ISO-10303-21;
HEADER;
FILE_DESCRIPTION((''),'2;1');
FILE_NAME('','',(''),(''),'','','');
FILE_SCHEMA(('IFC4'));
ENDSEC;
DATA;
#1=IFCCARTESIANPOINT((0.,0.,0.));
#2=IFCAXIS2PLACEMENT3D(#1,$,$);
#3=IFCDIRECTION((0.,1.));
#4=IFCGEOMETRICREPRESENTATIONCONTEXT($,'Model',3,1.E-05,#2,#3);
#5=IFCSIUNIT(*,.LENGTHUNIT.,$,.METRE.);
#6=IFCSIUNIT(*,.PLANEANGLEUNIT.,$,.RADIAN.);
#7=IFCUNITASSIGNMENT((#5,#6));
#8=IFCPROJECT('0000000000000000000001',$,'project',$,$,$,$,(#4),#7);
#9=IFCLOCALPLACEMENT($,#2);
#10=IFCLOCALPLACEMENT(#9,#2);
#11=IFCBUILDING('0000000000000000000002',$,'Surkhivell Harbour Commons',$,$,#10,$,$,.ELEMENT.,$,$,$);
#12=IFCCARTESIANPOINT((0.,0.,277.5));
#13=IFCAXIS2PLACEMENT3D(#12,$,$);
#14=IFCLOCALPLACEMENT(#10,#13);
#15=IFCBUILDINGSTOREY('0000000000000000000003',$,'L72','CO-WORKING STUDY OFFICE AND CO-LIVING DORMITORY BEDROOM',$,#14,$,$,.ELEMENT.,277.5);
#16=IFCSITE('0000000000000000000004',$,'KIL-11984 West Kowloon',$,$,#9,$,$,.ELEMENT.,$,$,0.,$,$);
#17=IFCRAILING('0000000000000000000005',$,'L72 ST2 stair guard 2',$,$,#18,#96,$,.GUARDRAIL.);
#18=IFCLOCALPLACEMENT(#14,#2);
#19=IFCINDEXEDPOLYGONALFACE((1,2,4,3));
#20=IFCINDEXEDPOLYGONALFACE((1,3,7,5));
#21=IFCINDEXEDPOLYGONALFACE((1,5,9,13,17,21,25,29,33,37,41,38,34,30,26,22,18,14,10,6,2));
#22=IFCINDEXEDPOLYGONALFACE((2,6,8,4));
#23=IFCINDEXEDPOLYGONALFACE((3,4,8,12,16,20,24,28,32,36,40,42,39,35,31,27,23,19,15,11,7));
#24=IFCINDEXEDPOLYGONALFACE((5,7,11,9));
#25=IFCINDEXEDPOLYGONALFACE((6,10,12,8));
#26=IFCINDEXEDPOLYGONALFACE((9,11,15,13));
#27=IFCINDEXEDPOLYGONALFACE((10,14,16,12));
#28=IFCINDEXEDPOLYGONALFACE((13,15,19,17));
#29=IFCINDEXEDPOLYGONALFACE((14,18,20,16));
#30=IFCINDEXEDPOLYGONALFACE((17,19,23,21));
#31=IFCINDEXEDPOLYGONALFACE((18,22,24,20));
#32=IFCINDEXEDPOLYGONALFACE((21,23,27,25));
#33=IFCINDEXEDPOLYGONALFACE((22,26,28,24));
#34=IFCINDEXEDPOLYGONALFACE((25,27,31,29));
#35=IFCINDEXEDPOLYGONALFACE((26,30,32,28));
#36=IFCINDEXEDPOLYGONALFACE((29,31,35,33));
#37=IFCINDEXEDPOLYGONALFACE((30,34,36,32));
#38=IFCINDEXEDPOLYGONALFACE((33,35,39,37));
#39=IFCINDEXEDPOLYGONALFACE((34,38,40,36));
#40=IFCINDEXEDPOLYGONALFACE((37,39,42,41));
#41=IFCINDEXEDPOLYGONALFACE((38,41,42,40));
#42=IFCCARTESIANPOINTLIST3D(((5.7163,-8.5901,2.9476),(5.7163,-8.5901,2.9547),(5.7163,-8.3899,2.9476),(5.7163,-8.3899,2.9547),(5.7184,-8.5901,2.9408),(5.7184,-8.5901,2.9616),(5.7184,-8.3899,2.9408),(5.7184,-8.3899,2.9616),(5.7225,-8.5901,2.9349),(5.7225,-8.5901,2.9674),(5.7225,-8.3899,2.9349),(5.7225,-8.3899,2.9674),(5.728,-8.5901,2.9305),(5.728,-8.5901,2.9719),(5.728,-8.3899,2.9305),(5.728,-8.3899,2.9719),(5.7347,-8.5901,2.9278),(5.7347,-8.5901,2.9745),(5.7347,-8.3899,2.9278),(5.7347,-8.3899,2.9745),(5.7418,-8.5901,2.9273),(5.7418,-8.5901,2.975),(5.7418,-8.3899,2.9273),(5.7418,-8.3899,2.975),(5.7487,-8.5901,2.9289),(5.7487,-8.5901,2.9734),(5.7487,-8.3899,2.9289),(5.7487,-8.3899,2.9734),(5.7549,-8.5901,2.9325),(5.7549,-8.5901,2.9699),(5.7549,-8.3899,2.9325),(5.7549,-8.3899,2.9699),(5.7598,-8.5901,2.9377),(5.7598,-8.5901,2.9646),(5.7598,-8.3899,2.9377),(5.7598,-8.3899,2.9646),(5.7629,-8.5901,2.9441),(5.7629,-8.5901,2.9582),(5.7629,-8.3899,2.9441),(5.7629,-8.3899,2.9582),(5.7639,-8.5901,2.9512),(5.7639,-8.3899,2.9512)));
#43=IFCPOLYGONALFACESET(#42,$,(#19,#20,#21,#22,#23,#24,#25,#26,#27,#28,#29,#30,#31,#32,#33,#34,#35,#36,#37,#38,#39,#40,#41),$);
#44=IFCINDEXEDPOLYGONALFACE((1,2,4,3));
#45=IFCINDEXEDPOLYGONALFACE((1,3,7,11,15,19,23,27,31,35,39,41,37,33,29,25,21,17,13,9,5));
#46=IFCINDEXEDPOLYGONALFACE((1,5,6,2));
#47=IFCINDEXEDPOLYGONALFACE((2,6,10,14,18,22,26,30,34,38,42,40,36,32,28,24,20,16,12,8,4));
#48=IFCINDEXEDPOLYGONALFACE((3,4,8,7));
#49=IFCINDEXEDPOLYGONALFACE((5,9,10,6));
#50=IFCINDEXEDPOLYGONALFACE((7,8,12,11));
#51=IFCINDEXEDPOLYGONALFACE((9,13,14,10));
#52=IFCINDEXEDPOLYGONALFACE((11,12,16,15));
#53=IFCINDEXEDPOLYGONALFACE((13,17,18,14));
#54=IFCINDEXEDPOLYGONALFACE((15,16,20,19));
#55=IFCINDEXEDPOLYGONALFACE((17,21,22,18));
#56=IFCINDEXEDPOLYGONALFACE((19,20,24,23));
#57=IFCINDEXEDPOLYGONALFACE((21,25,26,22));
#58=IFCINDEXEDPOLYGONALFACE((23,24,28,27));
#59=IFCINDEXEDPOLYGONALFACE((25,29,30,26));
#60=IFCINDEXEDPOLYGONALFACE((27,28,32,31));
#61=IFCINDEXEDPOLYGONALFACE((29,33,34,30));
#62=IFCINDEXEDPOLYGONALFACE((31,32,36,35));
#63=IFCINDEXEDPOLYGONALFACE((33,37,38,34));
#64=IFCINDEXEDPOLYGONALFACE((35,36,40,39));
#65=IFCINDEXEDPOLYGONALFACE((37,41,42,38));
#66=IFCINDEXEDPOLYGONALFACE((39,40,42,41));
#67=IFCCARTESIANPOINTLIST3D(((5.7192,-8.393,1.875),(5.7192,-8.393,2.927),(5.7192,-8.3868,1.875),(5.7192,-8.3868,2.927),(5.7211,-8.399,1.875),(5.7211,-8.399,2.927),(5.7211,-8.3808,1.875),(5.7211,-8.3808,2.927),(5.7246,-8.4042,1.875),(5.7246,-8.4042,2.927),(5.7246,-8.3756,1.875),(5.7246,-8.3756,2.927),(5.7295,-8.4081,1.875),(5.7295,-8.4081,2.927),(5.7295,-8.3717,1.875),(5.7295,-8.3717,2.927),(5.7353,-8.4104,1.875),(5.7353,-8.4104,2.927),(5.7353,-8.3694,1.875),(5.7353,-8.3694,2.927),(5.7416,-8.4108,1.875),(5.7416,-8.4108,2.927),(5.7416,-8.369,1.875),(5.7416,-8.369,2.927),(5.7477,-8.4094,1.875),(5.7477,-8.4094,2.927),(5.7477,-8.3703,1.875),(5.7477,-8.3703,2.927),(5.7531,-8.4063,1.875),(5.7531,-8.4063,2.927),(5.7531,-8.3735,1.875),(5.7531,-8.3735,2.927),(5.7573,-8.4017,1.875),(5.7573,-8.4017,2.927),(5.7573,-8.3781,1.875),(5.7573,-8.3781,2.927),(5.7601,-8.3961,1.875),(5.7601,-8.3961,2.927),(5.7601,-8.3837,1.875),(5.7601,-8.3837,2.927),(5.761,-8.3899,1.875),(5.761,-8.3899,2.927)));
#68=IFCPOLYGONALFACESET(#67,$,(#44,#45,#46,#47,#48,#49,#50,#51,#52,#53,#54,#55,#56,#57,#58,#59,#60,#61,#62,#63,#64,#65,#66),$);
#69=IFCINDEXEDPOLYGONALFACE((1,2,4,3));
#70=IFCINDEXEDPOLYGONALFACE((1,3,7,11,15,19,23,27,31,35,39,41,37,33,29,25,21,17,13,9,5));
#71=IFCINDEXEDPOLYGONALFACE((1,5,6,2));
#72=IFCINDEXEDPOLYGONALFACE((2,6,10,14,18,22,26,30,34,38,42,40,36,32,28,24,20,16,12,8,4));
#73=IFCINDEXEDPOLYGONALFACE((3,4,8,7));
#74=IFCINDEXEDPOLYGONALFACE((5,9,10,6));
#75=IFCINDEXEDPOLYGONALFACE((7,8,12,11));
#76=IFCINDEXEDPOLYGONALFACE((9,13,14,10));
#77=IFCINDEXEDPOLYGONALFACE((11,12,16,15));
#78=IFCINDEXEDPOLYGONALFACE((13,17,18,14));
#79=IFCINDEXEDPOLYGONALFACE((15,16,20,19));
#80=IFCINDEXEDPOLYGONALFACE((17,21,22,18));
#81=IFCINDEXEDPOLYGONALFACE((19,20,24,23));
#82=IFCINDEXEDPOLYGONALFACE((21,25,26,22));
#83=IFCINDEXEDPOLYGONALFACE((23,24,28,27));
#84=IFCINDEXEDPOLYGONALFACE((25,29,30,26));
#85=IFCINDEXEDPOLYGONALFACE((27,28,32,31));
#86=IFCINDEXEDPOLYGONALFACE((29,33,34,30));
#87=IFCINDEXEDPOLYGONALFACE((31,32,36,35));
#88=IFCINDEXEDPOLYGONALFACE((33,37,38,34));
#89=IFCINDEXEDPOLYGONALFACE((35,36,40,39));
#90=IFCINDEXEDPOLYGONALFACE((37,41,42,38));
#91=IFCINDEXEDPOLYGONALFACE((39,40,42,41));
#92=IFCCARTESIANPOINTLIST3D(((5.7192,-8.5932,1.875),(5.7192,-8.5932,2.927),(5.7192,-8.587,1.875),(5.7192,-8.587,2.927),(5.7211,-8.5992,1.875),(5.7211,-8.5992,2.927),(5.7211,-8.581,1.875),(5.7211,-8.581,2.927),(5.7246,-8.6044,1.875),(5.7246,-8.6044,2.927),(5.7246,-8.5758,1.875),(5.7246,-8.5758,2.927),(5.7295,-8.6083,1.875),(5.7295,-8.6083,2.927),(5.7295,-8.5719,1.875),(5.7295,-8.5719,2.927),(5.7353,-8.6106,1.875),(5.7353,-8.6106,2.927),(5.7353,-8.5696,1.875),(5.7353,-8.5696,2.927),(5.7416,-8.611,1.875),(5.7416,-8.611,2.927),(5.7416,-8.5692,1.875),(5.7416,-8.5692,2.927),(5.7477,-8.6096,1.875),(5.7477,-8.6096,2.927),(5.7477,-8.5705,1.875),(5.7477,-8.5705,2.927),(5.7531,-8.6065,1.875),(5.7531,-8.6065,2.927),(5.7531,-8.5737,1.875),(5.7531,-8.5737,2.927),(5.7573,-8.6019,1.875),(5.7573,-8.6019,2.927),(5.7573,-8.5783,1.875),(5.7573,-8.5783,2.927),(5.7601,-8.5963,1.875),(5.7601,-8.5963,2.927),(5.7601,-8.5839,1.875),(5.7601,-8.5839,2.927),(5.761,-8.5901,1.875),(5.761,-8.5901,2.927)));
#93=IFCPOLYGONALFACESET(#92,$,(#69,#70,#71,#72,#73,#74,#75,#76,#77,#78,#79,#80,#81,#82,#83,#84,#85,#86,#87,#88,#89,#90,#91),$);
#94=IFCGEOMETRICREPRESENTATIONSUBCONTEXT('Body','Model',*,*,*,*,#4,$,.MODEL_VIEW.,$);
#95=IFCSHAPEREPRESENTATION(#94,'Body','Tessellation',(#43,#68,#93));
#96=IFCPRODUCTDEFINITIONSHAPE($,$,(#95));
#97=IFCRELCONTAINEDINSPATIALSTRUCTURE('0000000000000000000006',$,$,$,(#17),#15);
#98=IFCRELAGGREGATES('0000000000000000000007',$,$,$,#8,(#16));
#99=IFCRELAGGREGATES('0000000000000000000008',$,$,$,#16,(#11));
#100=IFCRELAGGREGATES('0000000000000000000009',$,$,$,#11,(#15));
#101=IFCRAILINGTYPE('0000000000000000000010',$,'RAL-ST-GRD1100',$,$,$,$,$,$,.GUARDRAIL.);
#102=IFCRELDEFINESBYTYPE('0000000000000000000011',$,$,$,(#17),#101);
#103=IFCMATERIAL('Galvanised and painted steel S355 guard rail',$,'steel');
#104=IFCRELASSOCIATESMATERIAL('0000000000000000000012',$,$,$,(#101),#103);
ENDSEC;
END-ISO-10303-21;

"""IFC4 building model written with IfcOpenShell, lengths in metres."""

from ifc_helpers import new_model, si_unit, direction, frame, origin, origin_2d, place, context, subcontext, project, spatial, circle, extrude, material, type_object, element, save


model = new_model("IFC4")

# Units and contexts
model_context = context("Model", 3, precision=1e-05, world=origin(), true_north=direction((0.0, 1.0)))
body_context = subcontext(model_context, "Body", "Model", "MODEL_VIEW")
ifc_project = project(units=[si_unit("LENGTHUNIT", "METRE"), si_unit("PLANEANGLEUNIT", "RADIAN")], contexts=[model_context])

# Site, building, storey
site_placement = place(None, origin())
site = spatial("IfcSite", under=ifc_project, at=site_placement, Name="KIL-11984 West Kowloon", CompositionType="ELEMENT", RefElevation=0.0)
building_placement = place(site_placement, origin())
building = spatial("IfcBuilding", under=site, at=building_placement, Name="Surkhivell Harbour Commons", CompositionType="ELEMENT")
storey_placement = place(building_placement, frame((0.0, 0.0, 277.5)))
storey = spatial("IfcBuildingStorey", under=building, at=storey_placement, Name="L72", Description="CO-WORKING STUDY OFFICE AND CO-LIVING DORMITORY BEDROOM", CompositionType="ELEMENT", Elevation=277.5)

# Railing
ifc_material_1 = material(Name="Galvanised and painted steel S355 guard rail", Category="steel")
railing_type_1 = type_object("IfcRailingType", Name="RAL-ST-GRD1100", PredefinedType="GUARDRAIL", material=ifc_material_1)
railing_1_placement = place(storey_placement, frame((5.74, -8.3899, 1.875)))
element("IfcRailing", 1, at=railing_1_placement, inside=storey, type_object=railing_type_1, Name="L72 ST2 stair guard 2", PredefinedType="GUARDRAIL", context=body_context, shape_type="SweptSolid", body=[
    extrude(circle(Radius=0.0239, at=origin_2d()), frame((0.0, 0.0, 1.0762), z_axis=(0.0, -1.0, 0.0), x_axis=(1.0, 0.0, 0.0)), (0.0, 0.0, 1.0), 0.2002),
    extrude(circle(Radius=0.021, at=origin_2d()), origin(), (0.0, 0.0, 1.0), 1.052),
    extrude(circle(Radius=0.021, at=origin_2d()), frame((0.0, -0.2002, 0.0)), (0.0, 0.0, 1.0), 1.052),
])

save(model, "model.ifc")
